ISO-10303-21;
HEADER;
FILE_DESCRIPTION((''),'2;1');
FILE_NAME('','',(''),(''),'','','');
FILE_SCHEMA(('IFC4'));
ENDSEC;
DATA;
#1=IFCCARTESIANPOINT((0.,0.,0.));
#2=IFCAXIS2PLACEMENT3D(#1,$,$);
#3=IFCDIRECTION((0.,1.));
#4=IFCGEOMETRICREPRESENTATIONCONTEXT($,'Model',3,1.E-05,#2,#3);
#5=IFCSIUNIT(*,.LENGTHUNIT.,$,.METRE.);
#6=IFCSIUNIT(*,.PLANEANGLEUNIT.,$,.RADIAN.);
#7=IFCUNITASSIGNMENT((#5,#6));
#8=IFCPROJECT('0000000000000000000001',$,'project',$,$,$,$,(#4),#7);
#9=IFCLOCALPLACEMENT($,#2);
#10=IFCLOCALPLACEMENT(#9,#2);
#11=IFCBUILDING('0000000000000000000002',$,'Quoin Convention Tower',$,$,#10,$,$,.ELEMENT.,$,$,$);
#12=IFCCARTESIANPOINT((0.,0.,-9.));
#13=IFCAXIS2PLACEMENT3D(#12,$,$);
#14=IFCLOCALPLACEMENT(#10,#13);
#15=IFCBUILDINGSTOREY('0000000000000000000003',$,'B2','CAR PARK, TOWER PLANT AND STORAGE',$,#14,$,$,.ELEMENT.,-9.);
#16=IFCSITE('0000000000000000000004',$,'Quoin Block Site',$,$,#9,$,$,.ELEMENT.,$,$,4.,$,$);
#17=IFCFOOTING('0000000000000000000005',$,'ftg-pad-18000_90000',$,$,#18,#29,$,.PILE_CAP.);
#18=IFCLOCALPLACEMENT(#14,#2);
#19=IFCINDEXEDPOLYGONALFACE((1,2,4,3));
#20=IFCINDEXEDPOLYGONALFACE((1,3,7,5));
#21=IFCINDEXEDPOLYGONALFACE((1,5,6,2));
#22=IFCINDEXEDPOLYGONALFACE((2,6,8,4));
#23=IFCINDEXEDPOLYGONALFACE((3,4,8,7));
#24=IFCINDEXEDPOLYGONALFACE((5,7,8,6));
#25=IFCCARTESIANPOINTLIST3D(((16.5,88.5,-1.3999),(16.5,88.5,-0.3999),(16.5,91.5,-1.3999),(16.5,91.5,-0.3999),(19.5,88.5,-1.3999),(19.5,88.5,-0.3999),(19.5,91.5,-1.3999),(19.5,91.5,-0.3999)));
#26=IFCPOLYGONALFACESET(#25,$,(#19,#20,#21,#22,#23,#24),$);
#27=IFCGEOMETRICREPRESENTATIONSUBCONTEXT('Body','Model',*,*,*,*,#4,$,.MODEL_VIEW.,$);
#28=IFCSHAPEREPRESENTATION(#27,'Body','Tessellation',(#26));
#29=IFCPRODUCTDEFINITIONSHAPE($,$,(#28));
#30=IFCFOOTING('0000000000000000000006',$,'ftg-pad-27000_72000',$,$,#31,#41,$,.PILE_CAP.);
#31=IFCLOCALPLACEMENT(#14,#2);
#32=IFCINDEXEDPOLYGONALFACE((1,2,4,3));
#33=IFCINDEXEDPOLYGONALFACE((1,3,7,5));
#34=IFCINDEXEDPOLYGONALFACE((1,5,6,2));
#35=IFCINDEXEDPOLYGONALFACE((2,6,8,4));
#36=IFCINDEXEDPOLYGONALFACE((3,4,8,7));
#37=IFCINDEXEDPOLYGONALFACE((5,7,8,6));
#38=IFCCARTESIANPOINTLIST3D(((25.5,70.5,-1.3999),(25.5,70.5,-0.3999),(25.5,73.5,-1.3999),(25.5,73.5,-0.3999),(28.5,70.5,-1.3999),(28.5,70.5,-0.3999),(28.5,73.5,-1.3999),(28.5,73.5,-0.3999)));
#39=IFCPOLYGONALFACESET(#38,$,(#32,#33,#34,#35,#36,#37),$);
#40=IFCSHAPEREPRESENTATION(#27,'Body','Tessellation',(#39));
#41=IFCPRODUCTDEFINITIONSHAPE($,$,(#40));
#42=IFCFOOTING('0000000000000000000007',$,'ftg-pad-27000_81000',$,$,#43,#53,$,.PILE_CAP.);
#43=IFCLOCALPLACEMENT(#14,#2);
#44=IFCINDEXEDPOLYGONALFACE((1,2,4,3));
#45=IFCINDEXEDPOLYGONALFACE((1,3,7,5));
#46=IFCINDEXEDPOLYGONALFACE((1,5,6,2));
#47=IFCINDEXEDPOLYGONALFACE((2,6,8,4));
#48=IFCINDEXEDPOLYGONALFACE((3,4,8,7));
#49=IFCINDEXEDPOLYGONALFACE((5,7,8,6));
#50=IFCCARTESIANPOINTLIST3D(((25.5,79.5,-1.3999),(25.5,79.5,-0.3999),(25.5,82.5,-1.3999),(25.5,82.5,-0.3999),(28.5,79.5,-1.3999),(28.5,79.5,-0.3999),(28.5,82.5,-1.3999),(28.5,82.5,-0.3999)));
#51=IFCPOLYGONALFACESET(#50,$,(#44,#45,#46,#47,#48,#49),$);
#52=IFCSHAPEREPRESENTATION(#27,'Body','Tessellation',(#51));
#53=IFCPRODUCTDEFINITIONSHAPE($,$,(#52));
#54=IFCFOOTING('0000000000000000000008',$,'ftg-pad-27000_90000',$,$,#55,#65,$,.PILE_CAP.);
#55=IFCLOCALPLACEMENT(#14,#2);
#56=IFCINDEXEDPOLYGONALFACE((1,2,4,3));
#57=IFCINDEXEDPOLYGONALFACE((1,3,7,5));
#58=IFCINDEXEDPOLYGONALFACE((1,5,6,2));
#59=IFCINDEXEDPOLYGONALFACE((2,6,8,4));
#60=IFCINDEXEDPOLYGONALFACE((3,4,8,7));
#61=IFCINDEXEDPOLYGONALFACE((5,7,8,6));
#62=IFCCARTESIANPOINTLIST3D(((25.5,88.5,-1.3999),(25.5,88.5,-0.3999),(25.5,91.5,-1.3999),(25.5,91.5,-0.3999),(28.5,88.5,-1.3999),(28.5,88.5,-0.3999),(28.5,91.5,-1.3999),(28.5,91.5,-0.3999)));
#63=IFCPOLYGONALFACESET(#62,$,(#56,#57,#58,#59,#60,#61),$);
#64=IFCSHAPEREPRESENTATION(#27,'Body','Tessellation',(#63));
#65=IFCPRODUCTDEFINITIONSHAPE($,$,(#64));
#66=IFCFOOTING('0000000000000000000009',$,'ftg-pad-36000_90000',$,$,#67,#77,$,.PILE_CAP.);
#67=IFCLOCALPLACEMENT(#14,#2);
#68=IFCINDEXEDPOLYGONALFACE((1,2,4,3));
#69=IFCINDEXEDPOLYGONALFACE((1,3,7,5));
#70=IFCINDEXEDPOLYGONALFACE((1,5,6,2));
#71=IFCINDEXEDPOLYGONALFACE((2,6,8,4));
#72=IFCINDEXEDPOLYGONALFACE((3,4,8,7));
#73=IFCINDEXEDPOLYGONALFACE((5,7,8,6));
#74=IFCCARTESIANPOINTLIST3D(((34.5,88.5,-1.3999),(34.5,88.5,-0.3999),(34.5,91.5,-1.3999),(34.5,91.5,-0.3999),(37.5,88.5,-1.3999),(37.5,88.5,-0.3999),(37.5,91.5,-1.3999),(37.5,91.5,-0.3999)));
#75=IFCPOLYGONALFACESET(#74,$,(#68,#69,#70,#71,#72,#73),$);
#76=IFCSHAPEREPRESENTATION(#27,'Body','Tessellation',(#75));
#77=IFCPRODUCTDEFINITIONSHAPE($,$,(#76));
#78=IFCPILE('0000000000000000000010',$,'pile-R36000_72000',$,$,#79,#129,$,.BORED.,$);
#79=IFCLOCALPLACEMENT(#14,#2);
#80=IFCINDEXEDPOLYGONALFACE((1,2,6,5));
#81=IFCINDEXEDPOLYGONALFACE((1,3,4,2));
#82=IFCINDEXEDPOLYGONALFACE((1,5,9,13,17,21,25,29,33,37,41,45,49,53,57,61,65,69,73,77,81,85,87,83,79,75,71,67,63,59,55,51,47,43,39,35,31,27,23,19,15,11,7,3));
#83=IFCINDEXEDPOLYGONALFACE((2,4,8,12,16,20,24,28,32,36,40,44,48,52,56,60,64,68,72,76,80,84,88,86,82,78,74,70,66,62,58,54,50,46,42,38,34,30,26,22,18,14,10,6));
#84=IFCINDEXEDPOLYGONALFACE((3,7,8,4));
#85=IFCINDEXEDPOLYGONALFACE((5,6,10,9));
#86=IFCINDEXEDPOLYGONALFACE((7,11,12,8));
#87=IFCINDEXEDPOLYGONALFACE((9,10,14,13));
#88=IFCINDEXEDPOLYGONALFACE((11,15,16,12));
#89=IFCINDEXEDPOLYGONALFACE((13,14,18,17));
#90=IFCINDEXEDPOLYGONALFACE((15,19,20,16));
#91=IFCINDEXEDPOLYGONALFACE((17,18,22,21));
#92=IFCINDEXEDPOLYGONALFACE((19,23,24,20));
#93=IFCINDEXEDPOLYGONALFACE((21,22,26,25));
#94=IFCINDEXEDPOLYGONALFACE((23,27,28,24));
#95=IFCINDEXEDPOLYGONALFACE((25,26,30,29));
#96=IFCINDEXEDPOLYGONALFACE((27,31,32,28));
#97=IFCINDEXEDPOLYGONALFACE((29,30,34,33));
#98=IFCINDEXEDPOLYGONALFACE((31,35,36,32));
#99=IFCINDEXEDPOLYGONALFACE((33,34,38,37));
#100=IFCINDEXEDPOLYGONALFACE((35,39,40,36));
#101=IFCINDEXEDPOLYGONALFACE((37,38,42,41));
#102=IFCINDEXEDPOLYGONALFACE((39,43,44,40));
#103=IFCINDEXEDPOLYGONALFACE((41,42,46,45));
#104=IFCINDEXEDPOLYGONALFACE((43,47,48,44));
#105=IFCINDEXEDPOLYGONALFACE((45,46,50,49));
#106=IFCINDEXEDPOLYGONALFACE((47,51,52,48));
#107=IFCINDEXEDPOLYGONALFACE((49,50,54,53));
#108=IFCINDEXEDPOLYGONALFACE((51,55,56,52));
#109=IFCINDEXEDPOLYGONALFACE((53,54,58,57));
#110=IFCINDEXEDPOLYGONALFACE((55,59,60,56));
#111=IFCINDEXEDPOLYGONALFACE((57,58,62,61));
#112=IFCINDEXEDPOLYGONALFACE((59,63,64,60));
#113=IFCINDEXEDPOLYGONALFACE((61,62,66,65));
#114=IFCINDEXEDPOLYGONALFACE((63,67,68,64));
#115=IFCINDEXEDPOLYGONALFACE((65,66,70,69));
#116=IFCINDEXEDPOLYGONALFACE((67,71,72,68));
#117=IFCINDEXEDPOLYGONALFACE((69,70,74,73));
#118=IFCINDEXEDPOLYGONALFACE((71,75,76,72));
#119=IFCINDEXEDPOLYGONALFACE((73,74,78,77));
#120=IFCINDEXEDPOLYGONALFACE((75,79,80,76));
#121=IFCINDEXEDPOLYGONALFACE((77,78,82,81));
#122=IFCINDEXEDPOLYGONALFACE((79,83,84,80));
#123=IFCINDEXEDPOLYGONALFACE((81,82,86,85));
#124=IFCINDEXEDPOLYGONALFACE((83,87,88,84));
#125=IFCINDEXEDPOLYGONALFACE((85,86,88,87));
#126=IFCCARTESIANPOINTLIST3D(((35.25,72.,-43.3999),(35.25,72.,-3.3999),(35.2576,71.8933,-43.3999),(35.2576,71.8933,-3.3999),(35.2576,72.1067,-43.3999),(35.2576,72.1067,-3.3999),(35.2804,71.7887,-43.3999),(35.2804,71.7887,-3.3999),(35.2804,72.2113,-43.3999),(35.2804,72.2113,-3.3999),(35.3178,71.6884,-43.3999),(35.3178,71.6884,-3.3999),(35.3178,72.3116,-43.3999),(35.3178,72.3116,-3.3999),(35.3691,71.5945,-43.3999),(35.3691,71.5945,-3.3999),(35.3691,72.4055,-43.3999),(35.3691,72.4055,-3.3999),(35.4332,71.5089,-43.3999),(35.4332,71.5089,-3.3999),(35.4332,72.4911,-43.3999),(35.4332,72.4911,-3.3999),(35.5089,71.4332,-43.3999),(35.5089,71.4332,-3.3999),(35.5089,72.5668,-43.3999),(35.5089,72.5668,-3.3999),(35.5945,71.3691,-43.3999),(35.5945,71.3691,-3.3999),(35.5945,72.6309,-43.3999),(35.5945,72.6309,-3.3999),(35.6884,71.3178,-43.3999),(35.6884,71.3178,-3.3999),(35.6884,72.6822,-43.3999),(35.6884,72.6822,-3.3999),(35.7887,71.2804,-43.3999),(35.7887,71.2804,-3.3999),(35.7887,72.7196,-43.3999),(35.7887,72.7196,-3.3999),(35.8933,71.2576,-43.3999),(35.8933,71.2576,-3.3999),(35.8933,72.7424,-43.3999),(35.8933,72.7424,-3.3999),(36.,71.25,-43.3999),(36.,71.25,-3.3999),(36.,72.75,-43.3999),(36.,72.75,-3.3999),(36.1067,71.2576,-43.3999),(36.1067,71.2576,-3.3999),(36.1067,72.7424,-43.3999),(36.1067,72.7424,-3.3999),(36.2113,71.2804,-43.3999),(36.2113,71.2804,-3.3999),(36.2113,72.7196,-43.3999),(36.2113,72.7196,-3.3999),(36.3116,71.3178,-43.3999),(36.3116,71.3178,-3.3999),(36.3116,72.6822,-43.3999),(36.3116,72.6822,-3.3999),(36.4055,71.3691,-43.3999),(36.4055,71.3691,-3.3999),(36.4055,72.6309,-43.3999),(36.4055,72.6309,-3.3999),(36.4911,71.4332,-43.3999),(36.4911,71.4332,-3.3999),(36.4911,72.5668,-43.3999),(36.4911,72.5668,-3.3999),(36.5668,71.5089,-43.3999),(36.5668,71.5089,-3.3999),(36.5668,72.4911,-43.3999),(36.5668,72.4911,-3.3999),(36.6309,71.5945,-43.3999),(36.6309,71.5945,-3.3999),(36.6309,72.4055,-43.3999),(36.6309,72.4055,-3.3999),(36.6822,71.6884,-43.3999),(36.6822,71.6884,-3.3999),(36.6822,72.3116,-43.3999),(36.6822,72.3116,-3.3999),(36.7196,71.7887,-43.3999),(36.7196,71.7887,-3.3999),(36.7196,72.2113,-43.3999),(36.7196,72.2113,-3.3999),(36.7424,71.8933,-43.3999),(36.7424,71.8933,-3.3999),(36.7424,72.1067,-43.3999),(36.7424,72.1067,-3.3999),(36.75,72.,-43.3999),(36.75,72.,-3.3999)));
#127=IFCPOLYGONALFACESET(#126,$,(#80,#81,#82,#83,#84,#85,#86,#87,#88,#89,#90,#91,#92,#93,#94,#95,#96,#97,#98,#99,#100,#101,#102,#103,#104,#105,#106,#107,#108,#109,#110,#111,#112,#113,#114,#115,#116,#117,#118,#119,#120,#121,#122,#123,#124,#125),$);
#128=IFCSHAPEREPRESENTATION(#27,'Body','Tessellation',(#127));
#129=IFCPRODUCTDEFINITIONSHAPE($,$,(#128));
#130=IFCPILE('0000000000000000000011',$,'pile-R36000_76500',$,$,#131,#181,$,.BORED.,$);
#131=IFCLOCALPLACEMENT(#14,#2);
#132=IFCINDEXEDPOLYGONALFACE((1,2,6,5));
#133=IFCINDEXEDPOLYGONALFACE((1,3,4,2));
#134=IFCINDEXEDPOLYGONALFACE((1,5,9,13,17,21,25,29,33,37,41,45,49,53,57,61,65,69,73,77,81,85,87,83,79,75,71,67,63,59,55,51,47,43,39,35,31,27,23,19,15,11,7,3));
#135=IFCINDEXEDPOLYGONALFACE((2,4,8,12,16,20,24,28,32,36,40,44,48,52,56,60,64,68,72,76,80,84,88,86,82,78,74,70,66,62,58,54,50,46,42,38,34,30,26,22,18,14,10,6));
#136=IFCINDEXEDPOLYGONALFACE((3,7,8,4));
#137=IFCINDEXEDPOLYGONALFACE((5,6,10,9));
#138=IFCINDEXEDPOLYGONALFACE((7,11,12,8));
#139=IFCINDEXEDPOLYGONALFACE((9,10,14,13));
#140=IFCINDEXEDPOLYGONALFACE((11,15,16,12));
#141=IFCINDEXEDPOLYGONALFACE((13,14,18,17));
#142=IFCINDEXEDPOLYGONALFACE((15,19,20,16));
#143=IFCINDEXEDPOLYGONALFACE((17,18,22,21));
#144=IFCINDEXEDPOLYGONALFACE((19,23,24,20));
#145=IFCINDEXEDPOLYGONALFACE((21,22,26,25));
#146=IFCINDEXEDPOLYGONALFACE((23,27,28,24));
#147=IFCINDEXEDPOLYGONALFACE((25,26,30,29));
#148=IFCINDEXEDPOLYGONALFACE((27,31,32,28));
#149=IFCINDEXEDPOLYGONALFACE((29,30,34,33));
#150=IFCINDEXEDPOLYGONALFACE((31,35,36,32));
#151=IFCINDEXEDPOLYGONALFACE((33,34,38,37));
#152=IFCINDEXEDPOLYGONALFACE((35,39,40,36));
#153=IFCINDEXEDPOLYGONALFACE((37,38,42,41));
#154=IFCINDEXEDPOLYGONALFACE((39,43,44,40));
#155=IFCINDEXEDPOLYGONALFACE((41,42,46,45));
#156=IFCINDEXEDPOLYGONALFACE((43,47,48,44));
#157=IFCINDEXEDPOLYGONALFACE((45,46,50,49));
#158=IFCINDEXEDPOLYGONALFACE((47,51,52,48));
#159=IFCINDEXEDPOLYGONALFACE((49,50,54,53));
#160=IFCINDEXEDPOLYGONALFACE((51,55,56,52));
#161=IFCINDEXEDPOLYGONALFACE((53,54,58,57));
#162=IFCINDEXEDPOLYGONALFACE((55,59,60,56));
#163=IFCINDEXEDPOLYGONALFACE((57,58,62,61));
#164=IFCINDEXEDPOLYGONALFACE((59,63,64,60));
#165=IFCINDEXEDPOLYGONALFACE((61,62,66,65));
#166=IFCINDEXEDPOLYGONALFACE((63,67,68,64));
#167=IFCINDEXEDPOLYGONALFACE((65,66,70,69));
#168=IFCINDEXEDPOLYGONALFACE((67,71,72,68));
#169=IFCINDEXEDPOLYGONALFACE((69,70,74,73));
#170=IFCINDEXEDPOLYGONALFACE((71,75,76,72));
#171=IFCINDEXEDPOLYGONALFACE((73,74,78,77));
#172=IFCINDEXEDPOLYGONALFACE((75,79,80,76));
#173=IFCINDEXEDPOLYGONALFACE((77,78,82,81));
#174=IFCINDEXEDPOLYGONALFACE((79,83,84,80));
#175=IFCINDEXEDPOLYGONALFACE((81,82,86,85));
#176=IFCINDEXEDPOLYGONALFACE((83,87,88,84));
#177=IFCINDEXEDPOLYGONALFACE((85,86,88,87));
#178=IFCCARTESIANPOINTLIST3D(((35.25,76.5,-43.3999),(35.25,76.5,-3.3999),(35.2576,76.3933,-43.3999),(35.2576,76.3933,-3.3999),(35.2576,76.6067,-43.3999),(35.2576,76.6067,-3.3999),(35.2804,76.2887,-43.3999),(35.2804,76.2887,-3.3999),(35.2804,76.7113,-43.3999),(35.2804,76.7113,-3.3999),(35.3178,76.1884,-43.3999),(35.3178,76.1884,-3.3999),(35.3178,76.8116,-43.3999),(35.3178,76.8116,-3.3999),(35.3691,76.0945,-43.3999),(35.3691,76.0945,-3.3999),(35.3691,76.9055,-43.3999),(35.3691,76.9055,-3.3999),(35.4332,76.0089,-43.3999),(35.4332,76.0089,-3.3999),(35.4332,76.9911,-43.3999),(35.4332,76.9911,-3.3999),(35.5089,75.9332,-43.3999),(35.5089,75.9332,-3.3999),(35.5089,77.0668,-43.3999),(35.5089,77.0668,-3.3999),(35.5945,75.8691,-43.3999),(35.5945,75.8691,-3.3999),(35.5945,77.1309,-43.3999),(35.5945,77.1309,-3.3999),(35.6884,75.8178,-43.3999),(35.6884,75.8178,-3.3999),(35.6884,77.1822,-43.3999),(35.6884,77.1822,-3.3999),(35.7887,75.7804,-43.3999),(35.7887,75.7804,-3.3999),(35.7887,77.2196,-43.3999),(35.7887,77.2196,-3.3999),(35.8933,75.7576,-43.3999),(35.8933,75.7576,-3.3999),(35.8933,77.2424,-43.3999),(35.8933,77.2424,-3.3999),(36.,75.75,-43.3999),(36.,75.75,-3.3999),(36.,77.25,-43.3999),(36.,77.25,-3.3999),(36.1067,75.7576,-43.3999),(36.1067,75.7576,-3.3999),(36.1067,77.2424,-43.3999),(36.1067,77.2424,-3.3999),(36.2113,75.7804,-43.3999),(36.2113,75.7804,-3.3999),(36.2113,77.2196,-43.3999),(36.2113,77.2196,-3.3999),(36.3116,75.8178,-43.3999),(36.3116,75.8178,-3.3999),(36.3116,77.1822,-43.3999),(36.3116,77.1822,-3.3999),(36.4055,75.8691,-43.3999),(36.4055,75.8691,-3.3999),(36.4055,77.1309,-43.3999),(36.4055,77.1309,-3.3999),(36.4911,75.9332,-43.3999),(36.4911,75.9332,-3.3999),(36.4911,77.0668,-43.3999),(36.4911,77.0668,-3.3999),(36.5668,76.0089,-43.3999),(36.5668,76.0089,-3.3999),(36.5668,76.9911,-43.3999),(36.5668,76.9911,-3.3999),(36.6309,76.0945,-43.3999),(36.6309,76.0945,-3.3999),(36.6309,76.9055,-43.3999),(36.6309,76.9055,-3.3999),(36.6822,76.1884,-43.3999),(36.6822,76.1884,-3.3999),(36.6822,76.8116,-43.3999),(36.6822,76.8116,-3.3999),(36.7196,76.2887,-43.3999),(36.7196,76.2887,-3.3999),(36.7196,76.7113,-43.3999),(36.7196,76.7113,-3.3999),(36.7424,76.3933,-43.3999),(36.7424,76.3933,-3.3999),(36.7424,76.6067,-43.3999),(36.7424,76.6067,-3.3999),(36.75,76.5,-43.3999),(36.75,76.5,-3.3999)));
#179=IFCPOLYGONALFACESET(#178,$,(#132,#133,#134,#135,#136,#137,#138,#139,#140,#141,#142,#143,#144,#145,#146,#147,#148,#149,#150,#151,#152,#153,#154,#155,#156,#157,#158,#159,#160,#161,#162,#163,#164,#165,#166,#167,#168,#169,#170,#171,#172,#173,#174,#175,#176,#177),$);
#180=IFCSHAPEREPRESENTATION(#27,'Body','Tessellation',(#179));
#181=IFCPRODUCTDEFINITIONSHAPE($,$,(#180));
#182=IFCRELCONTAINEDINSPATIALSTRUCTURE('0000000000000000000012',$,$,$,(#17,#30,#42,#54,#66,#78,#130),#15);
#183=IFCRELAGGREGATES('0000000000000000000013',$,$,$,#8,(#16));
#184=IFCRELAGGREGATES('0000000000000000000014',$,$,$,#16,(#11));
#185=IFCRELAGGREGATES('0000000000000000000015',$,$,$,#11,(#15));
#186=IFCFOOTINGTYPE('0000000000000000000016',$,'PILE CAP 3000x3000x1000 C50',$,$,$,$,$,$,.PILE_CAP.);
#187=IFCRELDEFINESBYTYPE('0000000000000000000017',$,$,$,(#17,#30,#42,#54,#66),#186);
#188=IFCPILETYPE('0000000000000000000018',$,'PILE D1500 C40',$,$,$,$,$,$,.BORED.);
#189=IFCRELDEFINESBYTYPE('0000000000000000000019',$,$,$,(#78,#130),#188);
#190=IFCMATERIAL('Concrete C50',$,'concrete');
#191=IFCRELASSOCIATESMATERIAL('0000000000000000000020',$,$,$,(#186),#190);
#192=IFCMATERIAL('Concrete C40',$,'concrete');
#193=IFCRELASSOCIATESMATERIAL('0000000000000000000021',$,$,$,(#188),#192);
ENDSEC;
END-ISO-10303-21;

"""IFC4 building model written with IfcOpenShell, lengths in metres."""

from ifc_helpers import new_model, si_unit, direction, frame, origin, origin_2d, place, context, subcontext, project, spatial, rectangle, circle, extrude, material, material_profile, profile_set, type_object, element, save


model = new_model("IFC4")

# Units and contexts
model_context = context("Model", 3, precision=1e-05, world=origin(), true_north=direction((0.0, 1.0)))
body_context = subcontext(model_context, "Body", "Model", "MODEL_VIEW")
ifc_project = project(units=[si_unit("LENGTHUNIT", "METRE"), si_unit("PLANEANGLEUNIT", "RADIAN")], contexts=[model_context])

# Site, building, storey
site_placement = place(None, origin())
site = spatial("IfcSite", under=ifc_project, at=site_placement, Name="Quoin Block Site", CompositionType="ELEMENT", RefElevation=4.0)
building_placement = place(site_placement, origin())
building = spatial("IfcBuilding", under=site, at=building_placement, Name="Quoin Convention Tower", CompositionType="ELEMENT")
storey_placement = place(building_placement, frame((0.0, 0.0, -9.0)))
storey = spatial("IfcBuildingStorey", under=building, at=storey_placement, Name="B2", Description="CAR PARK, TOWER PLANT AND STORAGE", CompositionType="ELEMENT", Elevation=-9.0)

# Footings
ifc_material_1 = material(Name="Concrete C50", Category="concrete")
footing_type = type_object("IfcFootingType", Name="PILE CAP 3000x3000x1000 C50", PredefinedType="PILE_CAP", material=ifc_material_1)
for number, where, z_axis, x_axis, name in (
    (1, (18.0, 90.0, -1.3999), (0.0, 0.0, 1.0), (1.0, 0.0, 0.0), "ftg-pad-18000_90000"),
    (2, (27.0, 72.0, -1.3999), (0.0, 0.0, 1.0), (1.0, 0.0, 0.0), "ftg-pad-27000_72000"),
    (3, (27.0, 81.0, -1.3999), (0.0, 0.0, 1.0), (1.0, 0.0, 0.0), "ftg-pad-27000_81000"),
    (4, (27.0, 90.0, -1.3999), (0.0, 0.0, 1.0), (1.0, 0.0, 0.0), "ftg-pad-27000_90000"),
    (5, (36.0, 90.0, -1.3999), (0.0, 0.0, 1.0), (1.0, 0.0, 0.0), "ftg-pad-36000_90000"),
):
    element("IfcFooting", number, at=place(storey_placement, frame(where, z_axis=z_axis, x_axis=x_axis)), inside=storey, type_object=footing_type, Name=name, PredefinedType="PILE_CAP", context=body_context, shape_type="SweptSolid", body=[
        extrude(rectangle(XDim=3.0, YDim=3.0, at=origin_2d()), origin(), (0.0, 0.0, 1.0), 1.0),
    ])

# Piles
ifc_material_2 = material(Name="Concrete C40", Category="concrete")
ifc_material_profile_1 = material_profile(ifc_material_2, circle(Radius=0.75, at=origin_2d()), Name="D1500")
ifc_profile_set_1 = profile_set([ifc_material_profile_1], Name="Concrete C40")
pile_type = type_object("IfcPileType", Name="PILE D1500 C40", PredefinedType="BORED", material=ifc_profile_set_1)
for number, where, z_axis, x_axis, name in (
    (6, (36.0, 72.0, -3.3999), (0.0, 0.0, -1.0), (1.0, 0.0, 0.0), "pile-R36000_72000"),
    (7, (36.0, 76.5, -3.3999), (0.0, 0.0, -1.0), (1.0, 0.0, 0.0), "pile-R36000_76500"),
):
    element("IfcPile", number, at=place(storey_placement, frame(where, z_axis=z_axis, x_axis=x_axis)), inside=storey, type_object=pile_type, Name=name, PredefinedType="BORED", context=body_context, shape_type="SweptSolid", body=[
        extrude(circle(Radius=0.75, at=origin_2d()), origin(), (0.0, 0.0, 1.0), 40.0),
    ])

save(model, "model.ifc")
